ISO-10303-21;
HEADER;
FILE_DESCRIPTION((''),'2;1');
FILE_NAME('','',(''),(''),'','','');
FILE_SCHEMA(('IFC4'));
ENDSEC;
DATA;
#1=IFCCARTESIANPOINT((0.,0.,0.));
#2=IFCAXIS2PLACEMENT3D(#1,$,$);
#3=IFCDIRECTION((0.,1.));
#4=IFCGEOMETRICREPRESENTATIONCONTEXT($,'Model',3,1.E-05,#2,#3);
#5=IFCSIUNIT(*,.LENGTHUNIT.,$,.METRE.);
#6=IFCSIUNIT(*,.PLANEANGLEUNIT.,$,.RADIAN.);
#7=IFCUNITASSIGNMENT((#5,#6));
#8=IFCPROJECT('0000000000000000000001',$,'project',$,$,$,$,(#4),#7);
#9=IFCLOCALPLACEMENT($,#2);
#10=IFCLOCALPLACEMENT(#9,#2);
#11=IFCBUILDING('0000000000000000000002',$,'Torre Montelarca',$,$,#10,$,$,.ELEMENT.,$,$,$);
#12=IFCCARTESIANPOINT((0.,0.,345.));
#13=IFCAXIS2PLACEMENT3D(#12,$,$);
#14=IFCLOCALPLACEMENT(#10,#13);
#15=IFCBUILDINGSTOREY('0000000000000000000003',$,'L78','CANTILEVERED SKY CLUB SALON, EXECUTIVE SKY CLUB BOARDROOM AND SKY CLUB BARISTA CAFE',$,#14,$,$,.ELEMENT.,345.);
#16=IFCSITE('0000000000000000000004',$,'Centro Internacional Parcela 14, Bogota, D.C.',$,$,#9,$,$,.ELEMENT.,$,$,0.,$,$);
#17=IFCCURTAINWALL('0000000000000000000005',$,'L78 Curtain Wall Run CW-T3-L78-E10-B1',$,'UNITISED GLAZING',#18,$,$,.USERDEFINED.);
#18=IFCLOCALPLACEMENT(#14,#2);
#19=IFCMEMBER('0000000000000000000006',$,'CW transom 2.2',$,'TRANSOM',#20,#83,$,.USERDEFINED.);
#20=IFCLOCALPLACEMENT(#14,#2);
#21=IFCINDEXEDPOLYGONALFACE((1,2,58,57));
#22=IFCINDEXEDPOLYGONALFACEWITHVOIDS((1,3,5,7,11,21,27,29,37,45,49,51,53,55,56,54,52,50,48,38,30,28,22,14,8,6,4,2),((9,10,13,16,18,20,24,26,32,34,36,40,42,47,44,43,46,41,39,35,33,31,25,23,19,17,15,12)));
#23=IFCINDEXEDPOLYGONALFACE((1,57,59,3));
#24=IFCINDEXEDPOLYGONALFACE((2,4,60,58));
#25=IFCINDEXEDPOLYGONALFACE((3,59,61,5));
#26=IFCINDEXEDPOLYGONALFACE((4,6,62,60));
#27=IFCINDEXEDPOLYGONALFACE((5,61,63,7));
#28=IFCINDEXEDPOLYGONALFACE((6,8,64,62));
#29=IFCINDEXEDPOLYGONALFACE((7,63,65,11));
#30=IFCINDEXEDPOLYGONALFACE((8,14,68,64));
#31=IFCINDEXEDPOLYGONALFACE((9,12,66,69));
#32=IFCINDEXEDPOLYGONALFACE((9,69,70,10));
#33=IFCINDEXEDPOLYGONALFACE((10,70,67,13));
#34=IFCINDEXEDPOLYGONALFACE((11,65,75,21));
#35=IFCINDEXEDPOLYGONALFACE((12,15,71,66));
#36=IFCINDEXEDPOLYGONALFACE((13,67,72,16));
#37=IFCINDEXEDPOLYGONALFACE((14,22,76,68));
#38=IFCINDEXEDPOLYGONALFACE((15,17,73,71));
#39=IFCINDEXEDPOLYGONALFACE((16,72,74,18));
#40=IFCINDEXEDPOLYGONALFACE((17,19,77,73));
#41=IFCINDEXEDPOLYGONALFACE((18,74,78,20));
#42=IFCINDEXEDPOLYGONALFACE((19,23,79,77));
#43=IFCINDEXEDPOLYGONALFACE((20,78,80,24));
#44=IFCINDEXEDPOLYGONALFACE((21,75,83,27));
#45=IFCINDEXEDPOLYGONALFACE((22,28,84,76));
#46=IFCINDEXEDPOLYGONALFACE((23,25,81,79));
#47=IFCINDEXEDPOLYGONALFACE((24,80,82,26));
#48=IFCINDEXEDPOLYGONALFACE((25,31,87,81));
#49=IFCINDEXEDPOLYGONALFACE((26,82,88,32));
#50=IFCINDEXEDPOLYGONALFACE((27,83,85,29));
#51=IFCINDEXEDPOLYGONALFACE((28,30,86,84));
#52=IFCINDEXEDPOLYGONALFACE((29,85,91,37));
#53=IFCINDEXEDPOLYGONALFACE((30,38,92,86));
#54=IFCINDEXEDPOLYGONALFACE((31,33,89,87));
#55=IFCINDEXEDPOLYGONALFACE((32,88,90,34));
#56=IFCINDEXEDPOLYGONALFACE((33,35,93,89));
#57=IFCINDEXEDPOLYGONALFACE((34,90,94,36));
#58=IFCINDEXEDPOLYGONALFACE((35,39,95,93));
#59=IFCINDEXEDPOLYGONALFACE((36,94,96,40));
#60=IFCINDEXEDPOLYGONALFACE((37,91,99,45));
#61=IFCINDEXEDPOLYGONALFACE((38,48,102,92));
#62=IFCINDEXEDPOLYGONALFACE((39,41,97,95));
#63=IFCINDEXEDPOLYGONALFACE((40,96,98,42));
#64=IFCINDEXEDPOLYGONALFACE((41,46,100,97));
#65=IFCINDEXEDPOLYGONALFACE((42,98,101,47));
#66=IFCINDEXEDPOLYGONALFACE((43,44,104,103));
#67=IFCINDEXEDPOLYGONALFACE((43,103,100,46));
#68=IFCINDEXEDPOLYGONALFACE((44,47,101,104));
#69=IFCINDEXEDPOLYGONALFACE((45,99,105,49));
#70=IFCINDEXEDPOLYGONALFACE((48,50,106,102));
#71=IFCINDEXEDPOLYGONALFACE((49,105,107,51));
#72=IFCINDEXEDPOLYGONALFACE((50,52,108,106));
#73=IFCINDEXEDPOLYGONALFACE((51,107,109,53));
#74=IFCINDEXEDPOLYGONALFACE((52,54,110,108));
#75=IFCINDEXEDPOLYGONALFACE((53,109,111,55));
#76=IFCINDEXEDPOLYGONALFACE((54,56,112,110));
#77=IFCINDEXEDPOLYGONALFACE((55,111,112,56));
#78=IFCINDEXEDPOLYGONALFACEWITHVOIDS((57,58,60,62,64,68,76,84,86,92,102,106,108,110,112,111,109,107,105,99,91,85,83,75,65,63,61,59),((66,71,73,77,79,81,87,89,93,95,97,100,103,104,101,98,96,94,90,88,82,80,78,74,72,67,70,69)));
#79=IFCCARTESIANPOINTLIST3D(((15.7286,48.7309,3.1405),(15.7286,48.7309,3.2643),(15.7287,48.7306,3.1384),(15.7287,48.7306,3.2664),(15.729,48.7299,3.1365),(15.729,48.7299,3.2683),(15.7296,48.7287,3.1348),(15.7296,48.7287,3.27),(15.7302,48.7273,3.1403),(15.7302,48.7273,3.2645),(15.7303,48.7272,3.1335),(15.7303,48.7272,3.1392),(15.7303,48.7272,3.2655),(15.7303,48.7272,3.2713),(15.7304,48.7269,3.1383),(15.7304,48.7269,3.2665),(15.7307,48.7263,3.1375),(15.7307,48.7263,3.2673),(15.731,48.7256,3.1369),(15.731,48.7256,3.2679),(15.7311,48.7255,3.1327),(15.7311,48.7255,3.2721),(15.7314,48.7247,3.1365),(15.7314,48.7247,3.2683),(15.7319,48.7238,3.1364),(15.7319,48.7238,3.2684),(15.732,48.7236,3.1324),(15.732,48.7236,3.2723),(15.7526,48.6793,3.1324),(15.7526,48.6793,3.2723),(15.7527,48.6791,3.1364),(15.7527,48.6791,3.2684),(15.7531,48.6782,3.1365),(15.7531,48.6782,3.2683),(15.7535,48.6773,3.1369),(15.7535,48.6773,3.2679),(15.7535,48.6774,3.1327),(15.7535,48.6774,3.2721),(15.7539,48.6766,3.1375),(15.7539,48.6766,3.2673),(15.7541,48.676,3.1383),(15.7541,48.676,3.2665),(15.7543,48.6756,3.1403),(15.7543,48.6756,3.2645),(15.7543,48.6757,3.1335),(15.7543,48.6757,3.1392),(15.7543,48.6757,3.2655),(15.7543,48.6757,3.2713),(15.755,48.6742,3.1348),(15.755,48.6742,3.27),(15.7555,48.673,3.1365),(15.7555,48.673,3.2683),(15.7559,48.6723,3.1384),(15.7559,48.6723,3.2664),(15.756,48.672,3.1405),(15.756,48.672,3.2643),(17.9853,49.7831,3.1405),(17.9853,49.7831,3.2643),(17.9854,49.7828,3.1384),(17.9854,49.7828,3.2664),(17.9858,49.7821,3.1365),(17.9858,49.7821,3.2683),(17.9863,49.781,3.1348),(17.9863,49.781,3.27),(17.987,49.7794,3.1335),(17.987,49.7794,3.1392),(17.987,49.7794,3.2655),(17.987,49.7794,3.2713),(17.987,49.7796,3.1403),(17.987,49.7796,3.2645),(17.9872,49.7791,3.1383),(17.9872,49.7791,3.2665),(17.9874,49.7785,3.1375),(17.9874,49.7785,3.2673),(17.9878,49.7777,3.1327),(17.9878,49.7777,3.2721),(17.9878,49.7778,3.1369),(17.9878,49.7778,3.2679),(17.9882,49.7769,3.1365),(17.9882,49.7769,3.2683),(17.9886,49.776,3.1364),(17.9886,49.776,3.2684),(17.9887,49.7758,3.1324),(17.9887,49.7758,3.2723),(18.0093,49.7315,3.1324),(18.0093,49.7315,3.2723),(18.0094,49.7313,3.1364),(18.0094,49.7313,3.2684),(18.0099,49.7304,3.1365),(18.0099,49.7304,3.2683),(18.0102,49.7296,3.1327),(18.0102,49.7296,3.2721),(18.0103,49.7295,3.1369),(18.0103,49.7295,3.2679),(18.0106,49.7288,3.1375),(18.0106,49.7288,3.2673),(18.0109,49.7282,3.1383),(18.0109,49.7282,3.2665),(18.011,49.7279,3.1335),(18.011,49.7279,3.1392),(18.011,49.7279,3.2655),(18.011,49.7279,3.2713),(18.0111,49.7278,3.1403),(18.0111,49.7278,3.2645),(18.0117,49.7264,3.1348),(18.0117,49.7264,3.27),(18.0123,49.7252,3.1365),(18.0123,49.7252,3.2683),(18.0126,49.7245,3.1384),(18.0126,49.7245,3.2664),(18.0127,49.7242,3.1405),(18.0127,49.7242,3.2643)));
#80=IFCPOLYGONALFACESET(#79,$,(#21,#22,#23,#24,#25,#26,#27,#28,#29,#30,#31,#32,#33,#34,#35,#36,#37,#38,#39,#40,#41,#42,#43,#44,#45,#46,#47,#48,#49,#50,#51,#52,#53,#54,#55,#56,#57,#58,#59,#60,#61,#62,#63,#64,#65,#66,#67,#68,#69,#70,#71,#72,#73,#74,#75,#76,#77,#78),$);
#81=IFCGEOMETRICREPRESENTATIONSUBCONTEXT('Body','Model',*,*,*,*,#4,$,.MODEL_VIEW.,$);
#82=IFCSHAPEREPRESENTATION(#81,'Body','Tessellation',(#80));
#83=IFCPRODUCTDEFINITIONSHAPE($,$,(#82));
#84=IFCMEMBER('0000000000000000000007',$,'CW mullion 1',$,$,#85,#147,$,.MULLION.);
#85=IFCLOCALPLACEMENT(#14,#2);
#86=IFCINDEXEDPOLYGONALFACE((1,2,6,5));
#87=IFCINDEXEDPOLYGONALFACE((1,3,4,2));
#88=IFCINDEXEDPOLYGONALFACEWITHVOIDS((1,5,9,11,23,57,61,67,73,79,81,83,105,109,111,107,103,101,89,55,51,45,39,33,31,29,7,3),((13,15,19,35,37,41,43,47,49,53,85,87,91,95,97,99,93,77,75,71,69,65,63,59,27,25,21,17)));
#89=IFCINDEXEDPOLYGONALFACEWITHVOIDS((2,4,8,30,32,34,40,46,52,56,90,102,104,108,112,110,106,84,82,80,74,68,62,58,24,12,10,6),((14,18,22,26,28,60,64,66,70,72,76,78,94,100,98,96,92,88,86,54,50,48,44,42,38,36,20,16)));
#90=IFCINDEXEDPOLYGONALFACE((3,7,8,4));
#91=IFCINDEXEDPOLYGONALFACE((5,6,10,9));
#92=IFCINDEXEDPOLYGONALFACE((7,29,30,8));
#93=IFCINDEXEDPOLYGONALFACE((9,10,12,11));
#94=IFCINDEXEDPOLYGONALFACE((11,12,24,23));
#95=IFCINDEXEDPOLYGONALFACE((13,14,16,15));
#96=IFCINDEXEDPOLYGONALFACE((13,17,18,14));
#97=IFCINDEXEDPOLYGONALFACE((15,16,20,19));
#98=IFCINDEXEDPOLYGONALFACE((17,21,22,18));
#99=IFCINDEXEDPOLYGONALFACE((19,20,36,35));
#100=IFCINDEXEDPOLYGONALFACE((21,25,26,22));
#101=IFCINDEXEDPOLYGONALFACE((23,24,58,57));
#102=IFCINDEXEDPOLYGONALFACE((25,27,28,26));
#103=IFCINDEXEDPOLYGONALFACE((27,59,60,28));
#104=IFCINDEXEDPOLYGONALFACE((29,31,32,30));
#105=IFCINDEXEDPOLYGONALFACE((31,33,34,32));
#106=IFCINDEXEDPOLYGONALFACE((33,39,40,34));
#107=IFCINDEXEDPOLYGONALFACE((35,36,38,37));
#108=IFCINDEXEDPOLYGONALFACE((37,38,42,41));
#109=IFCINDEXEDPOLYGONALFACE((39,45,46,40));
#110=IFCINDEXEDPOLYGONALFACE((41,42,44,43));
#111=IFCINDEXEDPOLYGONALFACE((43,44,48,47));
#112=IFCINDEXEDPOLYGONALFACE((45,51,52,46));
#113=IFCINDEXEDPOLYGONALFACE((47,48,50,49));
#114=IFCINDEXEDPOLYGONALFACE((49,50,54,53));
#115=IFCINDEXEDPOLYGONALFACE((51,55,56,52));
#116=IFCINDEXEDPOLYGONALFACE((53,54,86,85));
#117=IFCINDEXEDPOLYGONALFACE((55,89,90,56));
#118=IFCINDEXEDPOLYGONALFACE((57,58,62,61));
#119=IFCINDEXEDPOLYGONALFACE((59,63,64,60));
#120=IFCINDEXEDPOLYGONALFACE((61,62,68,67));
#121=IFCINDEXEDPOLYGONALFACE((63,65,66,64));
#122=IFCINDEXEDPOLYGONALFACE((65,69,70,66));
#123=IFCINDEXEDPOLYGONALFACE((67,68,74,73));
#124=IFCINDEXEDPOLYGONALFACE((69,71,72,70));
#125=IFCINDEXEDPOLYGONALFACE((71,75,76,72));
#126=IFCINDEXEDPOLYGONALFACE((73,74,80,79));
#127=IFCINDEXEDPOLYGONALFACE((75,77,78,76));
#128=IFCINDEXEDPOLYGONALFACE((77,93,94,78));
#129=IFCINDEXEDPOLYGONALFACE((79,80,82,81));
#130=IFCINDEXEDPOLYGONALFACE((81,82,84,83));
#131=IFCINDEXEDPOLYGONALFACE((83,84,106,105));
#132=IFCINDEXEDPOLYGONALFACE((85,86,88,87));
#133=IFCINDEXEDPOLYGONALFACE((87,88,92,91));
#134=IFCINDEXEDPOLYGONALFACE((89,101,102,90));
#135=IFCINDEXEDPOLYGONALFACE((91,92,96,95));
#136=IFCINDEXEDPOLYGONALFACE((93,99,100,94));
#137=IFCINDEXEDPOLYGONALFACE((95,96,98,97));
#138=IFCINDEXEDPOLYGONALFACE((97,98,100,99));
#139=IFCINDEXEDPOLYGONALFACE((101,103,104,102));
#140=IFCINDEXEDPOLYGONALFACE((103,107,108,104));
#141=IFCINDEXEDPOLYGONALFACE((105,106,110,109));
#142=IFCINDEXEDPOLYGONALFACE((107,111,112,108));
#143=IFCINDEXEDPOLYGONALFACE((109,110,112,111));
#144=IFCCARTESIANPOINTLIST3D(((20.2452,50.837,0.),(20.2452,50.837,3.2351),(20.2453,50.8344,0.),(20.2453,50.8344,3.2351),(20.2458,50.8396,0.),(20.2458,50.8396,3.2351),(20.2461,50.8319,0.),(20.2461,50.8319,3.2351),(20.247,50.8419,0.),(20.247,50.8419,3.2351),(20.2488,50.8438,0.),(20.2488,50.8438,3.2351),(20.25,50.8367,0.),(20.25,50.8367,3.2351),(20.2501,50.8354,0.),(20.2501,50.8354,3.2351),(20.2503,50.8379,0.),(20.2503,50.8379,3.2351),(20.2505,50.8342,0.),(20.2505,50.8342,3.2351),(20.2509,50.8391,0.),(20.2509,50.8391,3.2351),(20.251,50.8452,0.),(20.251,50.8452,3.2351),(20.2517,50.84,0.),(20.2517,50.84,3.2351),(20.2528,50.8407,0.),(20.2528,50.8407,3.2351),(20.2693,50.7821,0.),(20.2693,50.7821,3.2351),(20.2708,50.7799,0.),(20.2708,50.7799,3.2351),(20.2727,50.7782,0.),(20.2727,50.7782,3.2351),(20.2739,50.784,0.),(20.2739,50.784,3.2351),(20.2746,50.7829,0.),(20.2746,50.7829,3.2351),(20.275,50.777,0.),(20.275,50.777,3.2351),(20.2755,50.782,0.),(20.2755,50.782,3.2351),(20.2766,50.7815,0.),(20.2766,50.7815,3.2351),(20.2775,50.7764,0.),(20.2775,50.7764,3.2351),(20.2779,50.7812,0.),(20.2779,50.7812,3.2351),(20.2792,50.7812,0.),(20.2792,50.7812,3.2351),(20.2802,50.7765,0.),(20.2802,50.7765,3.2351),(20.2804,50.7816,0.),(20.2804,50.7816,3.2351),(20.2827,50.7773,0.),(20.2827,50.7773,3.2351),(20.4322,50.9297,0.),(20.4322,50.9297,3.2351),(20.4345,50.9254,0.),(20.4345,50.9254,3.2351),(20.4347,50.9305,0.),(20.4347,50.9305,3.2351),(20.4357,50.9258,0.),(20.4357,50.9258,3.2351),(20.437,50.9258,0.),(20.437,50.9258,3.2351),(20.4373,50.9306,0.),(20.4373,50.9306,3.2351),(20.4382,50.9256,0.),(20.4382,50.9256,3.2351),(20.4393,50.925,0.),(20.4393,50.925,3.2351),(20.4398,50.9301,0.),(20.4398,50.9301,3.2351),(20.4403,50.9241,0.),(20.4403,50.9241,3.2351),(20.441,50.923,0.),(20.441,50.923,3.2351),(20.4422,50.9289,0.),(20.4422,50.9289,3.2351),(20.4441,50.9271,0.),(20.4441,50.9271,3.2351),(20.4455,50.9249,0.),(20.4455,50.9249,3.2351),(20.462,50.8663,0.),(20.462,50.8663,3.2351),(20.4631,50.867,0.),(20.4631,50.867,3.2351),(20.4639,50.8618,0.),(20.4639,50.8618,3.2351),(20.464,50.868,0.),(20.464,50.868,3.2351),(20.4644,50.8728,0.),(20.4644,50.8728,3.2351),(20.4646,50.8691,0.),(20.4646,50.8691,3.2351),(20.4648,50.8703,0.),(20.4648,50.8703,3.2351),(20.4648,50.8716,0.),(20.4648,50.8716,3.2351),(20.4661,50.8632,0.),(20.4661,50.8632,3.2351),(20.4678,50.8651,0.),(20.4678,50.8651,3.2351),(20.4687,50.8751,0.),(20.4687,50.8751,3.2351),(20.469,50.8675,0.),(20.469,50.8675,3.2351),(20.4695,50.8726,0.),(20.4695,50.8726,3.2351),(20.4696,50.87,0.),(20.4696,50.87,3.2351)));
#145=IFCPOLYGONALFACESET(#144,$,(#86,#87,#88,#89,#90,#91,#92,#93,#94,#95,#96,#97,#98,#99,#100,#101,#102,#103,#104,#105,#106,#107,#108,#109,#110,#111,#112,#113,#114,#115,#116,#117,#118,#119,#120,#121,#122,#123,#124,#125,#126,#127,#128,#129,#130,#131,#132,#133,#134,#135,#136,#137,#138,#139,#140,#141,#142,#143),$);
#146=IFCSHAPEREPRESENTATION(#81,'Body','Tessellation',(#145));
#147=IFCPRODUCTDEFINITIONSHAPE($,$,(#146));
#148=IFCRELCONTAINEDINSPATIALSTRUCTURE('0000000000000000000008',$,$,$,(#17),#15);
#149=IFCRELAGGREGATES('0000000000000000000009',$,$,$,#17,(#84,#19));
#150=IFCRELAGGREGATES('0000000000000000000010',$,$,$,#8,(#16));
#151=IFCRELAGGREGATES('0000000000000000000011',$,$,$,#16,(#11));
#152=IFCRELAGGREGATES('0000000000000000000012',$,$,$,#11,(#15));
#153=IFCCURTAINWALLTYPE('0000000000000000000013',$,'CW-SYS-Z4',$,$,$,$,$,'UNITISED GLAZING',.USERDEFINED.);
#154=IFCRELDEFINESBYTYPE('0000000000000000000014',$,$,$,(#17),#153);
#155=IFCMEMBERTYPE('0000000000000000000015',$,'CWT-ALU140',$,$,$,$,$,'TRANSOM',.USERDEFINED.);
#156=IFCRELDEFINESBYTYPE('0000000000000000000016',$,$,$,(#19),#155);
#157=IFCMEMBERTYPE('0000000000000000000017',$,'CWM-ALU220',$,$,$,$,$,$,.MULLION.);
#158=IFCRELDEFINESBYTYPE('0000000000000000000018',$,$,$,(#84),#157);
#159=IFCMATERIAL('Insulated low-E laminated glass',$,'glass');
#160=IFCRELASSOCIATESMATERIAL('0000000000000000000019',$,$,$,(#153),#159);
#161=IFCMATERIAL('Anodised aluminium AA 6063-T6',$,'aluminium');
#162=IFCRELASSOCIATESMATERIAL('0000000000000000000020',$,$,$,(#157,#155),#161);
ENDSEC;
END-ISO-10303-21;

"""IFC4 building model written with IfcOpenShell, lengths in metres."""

from ifc_helpers import new_model, si_unit, direction, frame, origin, origin_2d, place, context, subcontext, project, spatial, hollow_rectangle, extrude, source, transform, mapped, material, material_profile, profile_set, type_object, element, aggregate, save


model = new_model("IFC4")

# Units and contexts
model_context = context("Model", 3, precision=1e-05, world=origin(), true_north=direction((0.0, 1.0)))
body_context = subcontext(model_context, "Body", "Model", "MODEL_VIEW")
ifc_project = project(units=[si_unit("LENGTHUNIT", "METRE"), si_unit("PLANEANGLEUNIT", "RADIAN")], contexts=[model_context])

# Site, building, storey
site_placement = place(None, origin())
site = spatial("IfcSite", under=ifc_project, at=site_placement, Name="Centro Internacional Parcela 14, Bogota, D.C.", CompositionType="ELEMENT", RefElevation=0.0)
building_placement = place(site_placement, origin())
building = spatial("IfcBuilding", under=site, at=building_placement, Name="Torre Montelarca", CompositionType="ELEMENT")
storey_placement = place(building_placement, frame((0.0, 0.0, 345.0)))
storey = spatial("IfcBuildingStorey", under=building, at=storey_placement, Name="L78", Description="CANTILEVERED SKY CLUB SALON, EXECUTIVE SKY CLUB BOARDROOM AND SKY CLUB BARISTA CAFE", CompositionType="ELEMENT", Elevation=345.0)

# Shared definitions
ifc_material_1 = material(Name="Insulated low-E laminated glass", Category="glass")
curtain_wall_type = type_object("IfcCurtainWallType", Name="CW-SYS-Z4", ElementType="UNITISED GLAZING", PredefinedType="USERDEFINED", material=ifc_material_1)
ifc_material_2 = material(Name="Anodised aluminium AA 6063-T6", Category="aluminium")
ifc_material_profile_1 = material_profile(ifc_material_2, hollow_rectangle(XDim=0.075, YDim=0.22, WallThickness=0.0049, InnerFilletRadius=0.0049, OuterFilletRadius=0.01, at=origin_2d()), Name="ALU75X220X5", Category="aluminium")
ifc_profile_set_1 = profile_set([ifc_material_profile_1], Name="Anodised aluminium AA 6063-T6")
member_type_1 = type_object("IfcMemberType", Name="CWM-ALU220", PredefinedType="MULLION", material=ifc_profile_set_1)

# Curtain wall, members
curtain_wall_1_placement = place(storey_placement, origin())
curtain_wall_1 = element("IfcCurtainWall", 1, at=curtain_wall_1_placement, inside=storey, type_object=curtain_wall_type, Name="L78 Curtain Wall Run CW-T3-L78-E10-B1", ObjectType="UNITISED GLAZING", PredefinedType="USERDEFINED")
ifc_material_profile_2 = material_profile(ifc_material_2, hollow_rectangle(XDim=0.0649, YDim=0.1399, WallThickness=0.0039, InnerFilletRadius=0.0039, OuterFilletRadius=0.0081, at=origin_2d()), Name="ALU65X140X4", Category="aluminium")
ifc_profile_set_2 = profile_set([ifc_material_profile_2], Name="Anodised aluminium AA 6063-T6")
member_type_2 = type_object("IfcMemberType", Name="CWT-ALU140", ElementType="TRANSOM", PredefinedType="USERDEFINED", material=ifc_profile_set_2)
shared_shape_1 = source(origin(), body_context, "Body", "SweptSolid", [
    extrude(hollow_rectangle(XDim=0.0649, YDim=0.1399, WallThickness=0.0039, InnerFilletRadius=0.0039, OuterFilletRadius=0.0081, at=origin_2d()), origin(), (0.0, 0.0, 1.0), 2.49),
])
member_1_placement = place(storey_placement, frame((17.999, 49.7537, 3.2024), z_axis=(-0.906328, -0.422574, 0.0), x_axis=(0.422574, -0.906328, 0.0)))
member_1 = element("IfcMember", 2, at=member_1_placement, type_object=member_type_2, Name="CW transom 2.2", ObjectType="TRANSOM", PredefinedType="USERDEFINED", context=body_context, shape_type="MappedRepresentation", body=[
    mapped(shared_shape_1, transform((0.0, 0.0, 0.0), scale=1.0)),
])
shared_shape_2 = source(origin(), body_context, "Body", "SweptSolid", [
    extrude(hollow_rectangle(XDim=0.075, YDim=0.22, WallThickness=0.0049, InnerFilletRadius=0.0049, OuterFilletRadius=0.01, at=origin_2d()), origin(), (0.0, 0.0, 1.0), 3.2351),
])
member_2_placement = place(storey_placement, frame((20.3574, 50.8535, 0.0), z_axis=(0.0, 0.0, 1.0), x_axis=(0.422624, -0.906305, 0.0)))
member_2 = element("IfcMember", 3, at=member_2_placement, type_object=member_type_1, Name="CW mullion 1", PredefinedType="MULLION", context=body_context, shape_type="MappedRepresentation", body=[
    mapped(shared_shape_2, transform((0.0, 0.0, 0.0), scale=1.0)),
])

aggregate(curtain_wall_1, [member_2, member_1])

save(model, "model.ifc")
